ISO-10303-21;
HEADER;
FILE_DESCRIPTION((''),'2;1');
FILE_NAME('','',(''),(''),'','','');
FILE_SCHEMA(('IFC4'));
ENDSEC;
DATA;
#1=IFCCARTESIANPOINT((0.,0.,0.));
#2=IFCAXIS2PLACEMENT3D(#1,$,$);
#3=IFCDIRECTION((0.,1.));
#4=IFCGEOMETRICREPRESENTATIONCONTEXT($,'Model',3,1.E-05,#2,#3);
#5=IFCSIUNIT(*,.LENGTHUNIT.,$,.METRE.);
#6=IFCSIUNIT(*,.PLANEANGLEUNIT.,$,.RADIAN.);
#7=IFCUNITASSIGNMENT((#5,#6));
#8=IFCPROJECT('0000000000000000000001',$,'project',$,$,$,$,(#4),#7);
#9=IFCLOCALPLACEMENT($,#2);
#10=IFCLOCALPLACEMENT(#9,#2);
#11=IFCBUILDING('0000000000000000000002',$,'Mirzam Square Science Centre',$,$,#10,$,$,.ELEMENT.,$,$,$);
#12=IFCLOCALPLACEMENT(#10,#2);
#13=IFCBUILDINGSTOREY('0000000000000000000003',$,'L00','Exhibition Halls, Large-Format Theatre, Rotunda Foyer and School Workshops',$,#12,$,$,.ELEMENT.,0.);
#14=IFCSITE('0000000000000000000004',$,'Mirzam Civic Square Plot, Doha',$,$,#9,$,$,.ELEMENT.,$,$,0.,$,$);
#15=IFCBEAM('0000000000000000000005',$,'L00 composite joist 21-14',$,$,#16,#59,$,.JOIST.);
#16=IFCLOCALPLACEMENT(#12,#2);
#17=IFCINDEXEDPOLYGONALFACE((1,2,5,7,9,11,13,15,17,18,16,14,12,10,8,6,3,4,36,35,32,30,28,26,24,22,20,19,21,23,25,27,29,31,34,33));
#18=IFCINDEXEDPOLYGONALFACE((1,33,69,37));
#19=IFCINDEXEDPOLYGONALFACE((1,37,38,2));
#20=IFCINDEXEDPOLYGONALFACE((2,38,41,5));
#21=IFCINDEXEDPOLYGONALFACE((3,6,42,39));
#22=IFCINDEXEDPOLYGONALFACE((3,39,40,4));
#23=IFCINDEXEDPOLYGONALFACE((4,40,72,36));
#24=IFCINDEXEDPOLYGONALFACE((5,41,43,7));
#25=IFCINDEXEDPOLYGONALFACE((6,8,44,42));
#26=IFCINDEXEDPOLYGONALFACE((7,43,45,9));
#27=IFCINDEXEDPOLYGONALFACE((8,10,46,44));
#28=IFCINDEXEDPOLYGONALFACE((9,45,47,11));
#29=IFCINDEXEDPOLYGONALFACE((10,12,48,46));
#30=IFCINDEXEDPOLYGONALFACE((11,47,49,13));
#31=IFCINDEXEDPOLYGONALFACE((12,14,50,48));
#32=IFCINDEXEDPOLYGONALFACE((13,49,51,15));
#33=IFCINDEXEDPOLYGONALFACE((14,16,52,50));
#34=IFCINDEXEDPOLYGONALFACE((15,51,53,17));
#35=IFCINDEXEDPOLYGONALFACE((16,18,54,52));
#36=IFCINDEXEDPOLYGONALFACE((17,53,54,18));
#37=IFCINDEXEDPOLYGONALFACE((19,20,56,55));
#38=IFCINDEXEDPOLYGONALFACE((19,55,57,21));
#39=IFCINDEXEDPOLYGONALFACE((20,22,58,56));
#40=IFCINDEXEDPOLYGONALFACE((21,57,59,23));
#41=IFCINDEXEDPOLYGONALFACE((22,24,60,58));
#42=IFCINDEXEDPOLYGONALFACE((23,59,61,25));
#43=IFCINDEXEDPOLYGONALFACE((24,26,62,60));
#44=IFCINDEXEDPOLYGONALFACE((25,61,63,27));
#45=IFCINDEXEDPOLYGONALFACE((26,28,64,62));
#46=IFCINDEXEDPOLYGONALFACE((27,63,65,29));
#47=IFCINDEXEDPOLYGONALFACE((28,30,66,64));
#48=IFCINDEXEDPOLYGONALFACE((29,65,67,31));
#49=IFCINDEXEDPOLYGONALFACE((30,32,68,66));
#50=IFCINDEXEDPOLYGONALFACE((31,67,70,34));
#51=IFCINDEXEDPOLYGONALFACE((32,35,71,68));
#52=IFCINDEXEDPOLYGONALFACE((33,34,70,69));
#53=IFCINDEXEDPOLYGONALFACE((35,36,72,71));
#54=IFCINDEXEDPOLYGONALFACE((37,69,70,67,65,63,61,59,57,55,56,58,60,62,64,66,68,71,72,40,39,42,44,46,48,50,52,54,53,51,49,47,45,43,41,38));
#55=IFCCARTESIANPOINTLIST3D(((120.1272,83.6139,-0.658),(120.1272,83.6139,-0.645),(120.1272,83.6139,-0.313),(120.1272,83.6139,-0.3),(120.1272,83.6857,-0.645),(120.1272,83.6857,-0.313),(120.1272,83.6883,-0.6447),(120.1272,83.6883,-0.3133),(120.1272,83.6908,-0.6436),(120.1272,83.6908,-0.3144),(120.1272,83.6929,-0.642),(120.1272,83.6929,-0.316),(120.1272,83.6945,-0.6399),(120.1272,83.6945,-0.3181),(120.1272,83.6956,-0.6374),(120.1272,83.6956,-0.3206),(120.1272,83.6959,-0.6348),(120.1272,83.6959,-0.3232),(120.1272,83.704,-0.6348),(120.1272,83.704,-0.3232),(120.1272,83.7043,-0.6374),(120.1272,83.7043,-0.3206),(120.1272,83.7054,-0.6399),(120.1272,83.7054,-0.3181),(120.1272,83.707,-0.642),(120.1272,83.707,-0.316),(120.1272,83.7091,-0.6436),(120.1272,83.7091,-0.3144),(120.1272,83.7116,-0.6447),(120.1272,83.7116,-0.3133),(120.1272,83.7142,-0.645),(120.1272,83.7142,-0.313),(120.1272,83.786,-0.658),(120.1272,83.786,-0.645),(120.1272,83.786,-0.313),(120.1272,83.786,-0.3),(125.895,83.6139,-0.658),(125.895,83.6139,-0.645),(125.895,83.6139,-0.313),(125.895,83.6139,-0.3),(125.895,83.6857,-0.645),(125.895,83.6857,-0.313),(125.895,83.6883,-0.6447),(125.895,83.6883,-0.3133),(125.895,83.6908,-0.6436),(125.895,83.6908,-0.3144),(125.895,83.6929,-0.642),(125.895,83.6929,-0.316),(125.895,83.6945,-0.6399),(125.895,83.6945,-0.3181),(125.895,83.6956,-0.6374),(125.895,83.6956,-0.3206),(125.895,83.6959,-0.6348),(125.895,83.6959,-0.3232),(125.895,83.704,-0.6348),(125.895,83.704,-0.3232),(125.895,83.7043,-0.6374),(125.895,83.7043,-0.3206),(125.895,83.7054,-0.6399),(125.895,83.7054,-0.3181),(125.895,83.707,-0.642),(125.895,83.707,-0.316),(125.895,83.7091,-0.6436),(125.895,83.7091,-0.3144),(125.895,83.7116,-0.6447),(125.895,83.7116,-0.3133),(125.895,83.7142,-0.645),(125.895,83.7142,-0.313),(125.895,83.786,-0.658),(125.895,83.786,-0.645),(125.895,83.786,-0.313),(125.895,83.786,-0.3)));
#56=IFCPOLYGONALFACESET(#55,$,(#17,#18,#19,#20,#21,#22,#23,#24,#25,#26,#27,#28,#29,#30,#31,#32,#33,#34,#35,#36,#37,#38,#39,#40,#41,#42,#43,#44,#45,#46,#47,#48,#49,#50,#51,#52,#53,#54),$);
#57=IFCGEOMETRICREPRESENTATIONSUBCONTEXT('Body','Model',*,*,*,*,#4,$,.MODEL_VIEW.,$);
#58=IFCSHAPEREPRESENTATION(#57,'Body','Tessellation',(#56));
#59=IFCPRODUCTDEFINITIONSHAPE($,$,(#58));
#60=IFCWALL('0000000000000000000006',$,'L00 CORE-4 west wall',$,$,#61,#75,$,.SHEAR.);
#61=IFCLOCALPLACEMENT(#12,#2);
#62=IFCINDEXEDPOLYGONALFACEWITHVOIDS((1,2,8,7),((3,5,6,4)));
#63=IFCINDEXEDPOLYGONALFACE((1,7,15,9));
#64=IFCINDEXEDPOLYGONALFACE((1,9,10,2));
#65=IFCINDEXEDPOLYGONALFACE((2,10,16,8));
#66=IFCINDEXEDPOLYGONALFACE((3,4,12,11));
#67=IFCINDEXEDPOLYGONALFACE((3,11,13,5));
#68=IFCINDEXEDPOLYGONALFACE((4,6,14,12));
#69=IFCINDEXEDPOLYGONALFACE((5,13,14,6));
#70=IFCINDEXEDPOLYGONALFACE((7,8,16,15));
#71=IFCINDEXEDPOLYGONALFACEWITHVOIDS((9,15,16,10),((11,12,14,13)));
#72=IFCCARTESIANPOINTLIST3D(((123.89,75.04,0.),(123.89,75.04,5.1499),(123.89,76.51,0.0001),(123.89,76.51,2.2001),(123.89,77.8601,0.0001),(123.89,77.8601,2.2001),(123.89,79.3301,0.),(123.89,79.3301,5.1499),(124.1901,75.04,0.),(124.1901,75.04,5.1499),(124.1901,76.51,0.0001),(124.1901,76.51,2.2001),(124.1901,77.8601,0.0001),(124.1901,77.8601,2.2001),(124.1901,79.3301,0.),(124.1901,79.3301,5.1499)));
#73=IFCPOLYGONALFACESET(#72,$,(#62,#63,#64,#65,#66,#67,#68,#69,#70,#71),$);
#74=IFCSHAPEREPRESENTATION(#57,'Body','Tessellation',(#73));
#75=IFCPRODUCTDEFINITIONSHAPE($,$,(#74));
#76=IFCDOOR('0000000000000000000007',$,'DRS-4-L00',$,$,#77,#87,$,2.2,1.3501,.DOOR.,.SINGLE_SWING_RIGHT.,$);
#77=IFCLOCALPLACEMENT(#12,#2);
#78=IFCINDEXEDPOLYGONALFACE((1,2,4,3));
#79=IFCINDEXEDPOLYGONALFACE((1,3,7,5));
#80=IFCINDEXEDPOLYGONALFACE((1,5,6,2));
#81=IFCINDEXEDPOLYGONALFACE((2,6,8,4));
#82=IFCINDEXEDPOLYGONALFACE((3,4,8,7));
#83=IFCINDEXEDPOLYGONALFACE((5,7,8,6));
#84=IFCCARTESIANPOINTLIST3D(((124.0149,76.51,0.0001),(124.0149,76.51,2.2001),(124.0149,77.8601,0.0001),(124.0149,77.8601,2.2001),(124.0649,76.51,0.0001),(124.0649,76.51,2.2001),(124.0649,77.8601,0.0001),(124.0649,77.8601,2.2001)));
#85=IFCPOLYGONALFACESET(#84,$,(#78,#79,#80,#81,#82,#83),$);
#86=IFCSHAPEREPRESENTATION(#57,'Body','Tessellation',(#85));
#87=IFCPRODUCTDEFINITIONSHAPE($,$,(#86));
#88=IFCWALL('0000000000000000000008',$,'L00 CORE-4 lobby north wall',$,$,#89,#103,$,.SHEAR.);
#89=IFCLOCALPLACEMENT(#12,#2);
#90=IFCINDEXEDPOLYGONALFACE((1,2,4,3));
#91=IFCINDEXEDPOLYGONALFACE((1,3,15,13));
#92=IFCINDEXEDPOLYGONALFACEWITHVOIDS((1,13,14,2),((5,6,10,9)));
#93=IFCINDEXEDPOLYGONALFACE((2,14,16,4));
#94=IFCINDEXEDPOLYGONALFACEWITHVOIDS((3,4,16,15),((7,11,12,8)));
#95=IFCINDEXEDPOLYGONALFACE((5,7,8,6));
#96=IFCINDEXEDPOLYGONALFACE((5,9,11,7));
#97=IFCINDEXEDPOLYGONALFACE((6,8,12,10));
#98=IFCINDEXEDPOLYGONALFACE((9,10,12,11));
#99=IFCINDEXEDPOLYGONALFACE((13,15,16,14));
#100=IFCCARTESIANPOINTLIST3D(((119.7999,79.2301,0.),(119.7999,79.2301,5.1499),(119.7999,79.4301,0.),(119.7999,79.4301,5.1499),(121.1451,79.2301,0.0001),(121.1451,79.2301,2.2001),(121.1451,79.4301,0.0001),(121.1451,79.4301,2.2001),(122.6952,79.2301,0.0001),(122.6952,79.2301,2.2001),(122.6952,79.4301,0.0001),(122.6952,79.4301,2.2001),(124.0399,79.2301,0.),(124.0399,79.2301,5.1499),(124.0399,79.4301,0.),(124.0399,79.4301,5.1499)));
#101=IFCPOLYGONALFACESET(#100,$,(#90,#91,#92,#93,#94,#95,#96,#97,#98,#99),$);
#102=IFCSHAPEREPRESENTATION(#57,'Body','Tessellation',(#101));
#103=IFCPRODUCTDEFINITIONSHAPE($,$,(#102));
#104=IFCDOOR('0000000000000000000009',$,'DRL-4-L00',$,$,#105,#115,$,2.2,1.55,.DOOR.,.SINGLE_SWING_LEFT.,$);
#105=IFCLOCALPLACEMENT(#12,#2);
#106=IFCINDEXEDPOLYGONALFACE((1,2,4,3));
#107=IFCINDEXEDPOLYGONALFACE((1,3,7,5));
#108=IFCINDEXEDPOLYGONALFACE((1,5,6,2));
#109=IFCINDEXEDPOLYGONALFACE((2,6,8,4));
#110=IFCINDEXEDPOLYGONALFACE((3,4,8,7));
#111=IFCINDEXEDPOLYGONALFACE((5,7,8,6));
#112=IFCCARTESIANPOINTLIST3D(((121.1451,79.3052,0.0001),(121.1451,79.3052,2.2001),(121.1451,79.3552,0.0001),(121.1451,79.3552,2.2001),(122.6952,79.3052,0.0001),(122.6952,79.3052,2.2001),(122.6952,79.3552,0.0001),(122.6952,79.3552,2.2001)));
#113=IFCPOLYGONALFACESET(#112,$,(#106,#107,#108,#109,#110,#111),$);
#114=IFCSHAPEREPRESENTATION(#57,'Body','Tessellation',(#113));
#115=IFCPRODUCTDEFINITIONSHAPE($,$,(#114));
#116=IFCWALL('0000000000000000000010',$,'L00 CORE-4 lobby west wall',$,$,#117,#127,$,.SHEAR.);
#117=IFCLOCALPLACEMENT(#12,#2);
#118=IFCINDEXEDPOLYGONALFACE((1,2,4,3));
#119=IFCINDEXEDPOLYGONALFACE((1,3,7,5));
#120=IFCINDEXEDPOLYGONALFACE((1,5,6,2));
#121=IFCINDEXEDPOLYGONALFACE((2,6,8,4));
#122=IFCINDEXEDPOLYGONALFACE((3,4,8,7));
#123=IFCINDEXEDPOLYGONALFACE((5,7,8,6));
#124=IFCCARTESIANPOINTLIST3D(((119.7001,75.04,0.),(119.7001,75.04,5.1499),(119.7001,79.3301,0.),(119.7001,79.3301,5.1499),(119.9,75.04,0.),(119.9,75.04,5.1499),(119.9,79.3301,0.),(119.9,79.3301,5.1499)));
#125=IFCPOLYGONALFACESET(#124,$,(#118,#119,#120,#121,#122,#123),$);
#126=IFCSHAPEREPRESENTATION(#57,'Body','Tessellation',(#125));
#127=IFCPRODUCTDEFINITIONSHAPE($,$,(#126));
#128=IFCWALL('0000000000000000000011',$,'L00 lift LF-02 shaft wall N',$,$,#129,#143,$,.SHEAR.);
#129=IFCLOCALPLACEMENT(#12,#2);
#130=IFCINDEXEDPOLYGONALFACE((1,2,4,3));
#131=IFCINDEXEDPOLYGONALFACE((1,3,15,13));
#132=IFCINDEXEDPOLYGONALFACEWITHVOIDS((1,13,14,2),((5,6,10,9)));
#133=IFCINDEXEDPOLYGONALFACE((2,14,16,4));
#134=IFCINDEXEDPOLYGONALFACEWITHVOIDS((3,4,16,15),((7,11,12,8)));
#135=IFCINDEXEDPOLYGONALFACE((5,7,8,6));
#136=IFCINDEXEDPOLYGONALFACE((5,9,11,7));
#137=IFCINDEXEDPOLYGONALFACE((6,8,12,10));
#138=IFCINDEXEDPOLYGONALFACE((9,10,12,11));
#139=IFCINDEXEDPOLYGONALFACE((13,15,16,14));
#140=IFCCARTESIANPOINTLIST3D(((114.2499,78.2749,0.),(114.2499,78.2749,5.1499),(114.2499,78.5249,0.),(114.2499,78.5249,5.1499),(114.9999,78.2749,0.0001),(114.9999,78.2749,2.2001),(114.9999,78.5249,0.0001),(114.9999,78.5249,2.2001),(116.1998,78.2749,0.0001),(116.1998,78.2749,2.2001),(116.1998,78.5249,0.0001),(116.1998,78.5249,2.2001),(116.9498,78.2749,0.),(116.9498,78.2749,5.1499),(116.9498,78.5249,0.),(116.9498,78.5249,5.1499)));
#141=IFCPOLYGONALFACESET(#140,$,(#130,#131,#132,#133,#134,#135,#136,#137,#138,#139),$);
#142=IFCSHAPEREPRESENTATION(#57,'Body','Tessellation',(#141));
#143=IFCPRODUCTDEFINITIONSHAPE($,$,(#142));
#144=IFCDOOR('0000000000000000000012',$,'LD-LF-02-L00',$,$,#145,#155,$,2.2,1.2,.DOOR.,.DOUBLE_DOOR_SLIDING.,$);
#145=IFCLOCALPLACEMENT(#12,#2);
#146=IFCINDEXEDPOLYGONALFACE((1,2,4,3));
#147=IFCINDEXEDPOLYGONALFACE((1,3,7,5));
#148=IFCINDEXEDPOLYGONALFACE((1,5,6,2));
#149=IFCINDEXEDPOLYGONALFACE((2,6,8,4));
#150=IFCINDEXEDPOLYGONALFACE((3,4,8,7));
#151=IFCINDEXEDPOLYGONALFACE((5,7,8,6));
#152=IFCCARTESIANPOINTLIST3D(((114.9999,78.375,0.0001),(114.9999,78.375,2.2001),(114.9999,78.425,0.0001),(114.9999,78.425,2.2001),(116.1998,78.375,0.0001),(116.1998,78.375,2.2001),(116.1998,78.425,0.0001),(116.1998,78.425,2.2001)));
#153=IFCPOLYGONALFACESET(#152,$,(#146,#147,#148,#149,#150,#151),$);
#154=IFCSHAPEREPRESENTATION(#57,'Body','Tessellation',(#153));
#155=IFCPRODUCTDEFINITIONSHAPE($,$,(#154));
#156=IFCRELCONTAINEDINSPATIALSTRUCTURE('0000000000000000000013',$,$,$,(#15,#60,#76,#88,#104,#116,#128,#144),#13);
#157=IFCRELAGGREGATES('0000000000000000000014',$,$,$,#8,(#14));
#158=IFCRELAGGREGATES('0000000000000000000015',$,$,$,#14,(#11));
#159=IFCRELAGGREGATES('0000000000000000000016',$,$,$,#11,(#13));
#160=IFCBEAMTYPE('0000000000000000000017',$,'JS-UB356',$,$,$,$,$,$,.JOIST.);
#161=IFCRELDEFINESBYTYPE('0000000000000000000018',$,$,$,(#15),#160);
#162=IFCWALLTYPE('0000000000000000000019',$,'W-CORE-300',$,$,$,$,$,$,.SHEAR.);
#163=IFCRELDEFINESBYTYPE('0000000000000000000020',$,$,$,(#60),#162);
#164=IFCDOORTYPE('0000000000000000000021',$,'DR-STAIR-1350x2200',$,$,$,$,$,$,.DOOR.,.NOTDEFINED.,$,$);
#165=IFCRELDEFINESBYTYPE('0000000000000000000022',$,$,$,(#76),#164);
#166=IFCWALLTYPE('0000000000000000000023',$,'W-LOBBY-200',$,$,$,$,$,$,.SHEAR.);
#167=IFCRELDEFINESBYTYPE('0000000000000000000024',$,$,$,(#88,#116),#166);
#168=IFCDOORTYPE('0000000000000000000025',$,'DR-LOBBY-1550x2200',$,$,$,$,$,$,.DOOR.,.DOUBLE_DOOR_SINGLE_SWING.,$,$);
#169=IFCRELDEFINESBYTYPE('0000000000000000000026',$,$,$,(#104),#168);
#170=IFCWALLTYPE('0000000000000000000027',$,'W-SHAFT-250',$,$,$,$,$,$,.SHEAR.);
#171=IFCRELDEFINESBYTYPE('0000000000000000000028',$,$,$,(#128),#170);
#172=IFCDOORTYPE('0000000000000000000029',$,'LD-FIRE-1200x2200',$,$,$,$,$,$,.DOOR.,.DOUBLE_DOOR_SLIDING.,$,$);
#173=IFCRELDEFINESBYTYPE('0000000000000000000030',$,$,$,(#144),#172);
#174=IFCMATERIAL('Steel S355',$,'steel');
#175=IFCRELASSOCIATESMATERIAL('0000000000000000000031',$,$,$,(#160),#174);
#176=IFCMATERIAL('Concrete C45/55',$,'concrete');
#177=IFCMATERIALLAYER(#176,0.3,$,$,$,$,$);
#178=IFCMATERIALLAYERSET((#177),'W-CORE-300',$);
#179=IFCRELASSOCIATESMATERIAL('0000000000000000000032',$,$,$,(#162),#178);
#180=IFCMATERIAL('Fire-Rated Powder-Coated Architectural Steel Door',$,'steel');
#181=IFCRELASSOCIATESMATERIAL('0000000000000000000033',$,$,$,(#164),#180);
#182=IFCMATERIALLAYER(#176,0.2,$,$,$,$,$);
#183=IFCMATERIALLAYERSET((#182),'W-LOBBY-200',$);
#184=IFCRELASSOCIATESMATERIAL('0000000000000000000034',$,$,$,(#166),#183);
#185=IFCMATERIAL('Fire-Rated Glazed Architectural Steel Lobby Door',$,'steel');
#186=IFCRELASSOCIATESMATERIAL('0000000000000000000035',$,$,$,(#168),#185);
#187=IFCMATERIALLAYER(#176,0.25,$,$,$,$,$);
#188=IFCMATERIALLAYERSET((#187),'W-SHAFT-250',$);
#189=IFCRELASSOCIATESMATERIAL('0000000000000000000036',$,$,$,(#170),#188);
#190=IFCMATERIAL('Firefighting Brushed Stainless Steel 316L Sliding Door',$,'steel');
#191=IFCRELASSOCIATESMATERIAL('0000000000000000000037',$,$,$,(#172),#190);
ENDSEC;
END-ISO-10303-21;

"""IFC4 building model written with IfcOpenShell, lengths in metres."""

from ifc_helpers import new_model, si_unit, direction, frame, frame_2d, origin, origin_2d, place, context, subcontext, project, spatial, rectangle, i_section, extrude, material, layer, layer_set, material_profile, profile_set, type_object, element, fill, save


model = new_model("IFC4")

# Units and contexts
model_context = context("Model", 3, precision=1e-05, world=origin(), true_north=direction((0.0, 1.0)))
body_context = subcontext(model_context, "Body", "Model", "MODEL_VIEW")
ifc_project = project(units=[si_unit("LENGTHUNIT", "METRE"), si_unit("PLANEANGLEUNIT", "RADIAN")], contexts=[model_context])

# Site, building, storey
site_placement = place(None, origin())
site = spatial("IfcSite", under=ifc_project, at=site_placement, Name="Mirzam Civic Square Plot, Doha", CompositionType="ELEMENT", RefElevation=0.0)
building_placement = place(site_placement, origin())
building = spatial("IfcBuilding", under=site, at=building_placement, Name="Mirzam Square Science Centre", CompositionType="ELEMENT")
storey_placement = place(building_placement, origin())
storey = spatial("IfcBuildingStorey", under=building, at=storey_placement, Name="L00", Description="Exhibition Halls, Large-Format Theatre, Rotunda Foyer and School Workshops", CompositionType="ELEMENT", Elevation=0.0)

# Shared definitions
ifc_material_1 = material(Name="Steel S355", Category="steel")

# Beam
ifc_material_profile_1 = material_profile(ifc_material_1, i_section(OverallWidth=0.1721, OverallDepth=0.3579, WebThickness=0.0081, FlangeThickness=0.0129, FilletRadius=0.0103, at=origin_2d()), Name="356x171x57UB")
ifc_profile_set_1 = profile_set([ifc_material_profile_1], Name="Steel S355")
beam_type_1 = type_object("IfcBeamType", Name="JS-UB356", PredefinedType="JOIST", material=ifc_profile_set_1)
beam_1_placement = place(storey_placement, frame((120.1272, 83.7, -0.479), z_axis=(1.0, 0.0, 0.0), x_axis=(0.0, 1.0, 0.0)))
element("IfcBeam", 1, at=beam_1_placement, inside=storey, type_object=beam_type_1, Name="L00 composite joist 21-14", PredefinedType="JOIST", context=body_context, shape_type="SweptSolid", body=[
    extrude(i_section(OverallWidth=0.1721, OverallDepth=0.3579, WebThickness=0.0081, FlangeThickness=0.0129, FilletRadius=0.0103, at=origin_2d()), origin(), (0.0, 0.0, 1.0), 5.7678),
])

# Walls, openings, doors
ifc_material_2 = material(Name="Concrete C45/55", Category="concrete")
ifc_layer_1 = layer(ifc_material_2, 0.3)
ifc_layer_set_1 = layer_set([ifc_layer_1], Name="W-CORE-300")
wall_type_1 = type_object("IfcWallType", Name="W-CORE-300", PredefinedType="SHEAR", material=ifc_layer_set_1)
wall_1_placement = place(storey_placement, frame((124.04, 79.3301, 0.0), z_axis=(0.0, 0.0, 1.0), x_axis=(0.0, -1.0, 0.0)))
wall_1 = element("IfcWall", 2, at=wall_1_placement, inside=storey, type_object=wall_type_1, Name="L00 CORE-4 west wall", PredefinedType="SHEAR", context=body_context, shape_type="SweptSolid", body=[
    extrude(rectangle(XDim=4.29, YDim=0.3, at=frame_2d((2.145, 0.0))), origin(), (0.0, 0.0, 1.0), 5.1499),
])
opening_1_placement = place(wall_1_placement, frame((1.47, 0.0, 0.0)))
opening_1 = element("IfcOpeningElement", 3, at=opening_1_placement, cuts=wall_1, PredefinedType="OPENING", context=body_context, shape_type="SweptSolid", body=[
    extrude(rectangle(XDim=1.3501, YDim=2.2, at=frame_2d((0.675, 1.1001))), frame((0.0, 0.1599, 0.0), z_axis=(0.0, -1.0, 0.0), x_axis=(1.0, 0.0, 0.0)), (0.0, 0.0, 1.0), 0.3201),
])
ifc_material_3 = material(Name="Fire-Rated Powder-Coated Architectural Steel Door", Category="steel")
door_type_1 = type_object("IfcDoorType", Name="DR-STAIR-1350x2200", OperationType="NOTDEFINED", PredefinedType="DOOR", material=ifc_material_3)
door_1_placement = place(opening_1_placement, origin())
door_1 = element("IfcDoor", 4, at=door_1_placement, inside=storey, type_object=door_type_1, Name="DRS-4-L00", OperationType="SINGLE_SWING_RIGHT", OverallHeight=2.2, OverallWidth=1.3501, PredefinedType="DOOR", context=body_context, shape_type="SweptSolid", body=[
    extrude(rectangle(XDim=1.3501, YDim=2.2, at=frame_2d((0.675, 1.1001))), frame((0.0, 0.0249, 0.0), z_axis=(0.0, -1.0, 0.0), x_axis=(1.0, 0.0, 0.0)), (0.0, 0.0, 1.0), 0.05),
])
fill(opening_1, door_1)
ifc_layer_2 = layer(ifc_material_2, 0.2)
ifc_layer_set_2 = layer_set([ifc_layer_2], Name="W-LOBBY-200")
wall_type_2 = type_object("IfcWallType", Name="W-LOBBY-200", PredefinedType="SHEAR", material=ifc_layer_set_2)
wall_2_placement = place(storey_placement, frame((124.04, 79.3301, 0.0), z_axis=(0.0, 0.0, 1.0), x_axis=(-1.0, 0.0, 0.0)))
wall_2 = element("IfcWall", 5, at=wall_2_placement, inside=storey, type_object=wall_type_2, Name="L00 CORE-4 lobby north wall", PredefinedType="SHEAR", context=body_context, shape_type="SweptSolid", body=[
    extrude(rectangle(XDim=4.24, YDim=0.2, at=frame_2d((2.1201, 0.0))), origin(), (0.0, 0.0, 1.0), 5.1499),
])
opening_2_placement = place(wall_2_placement, frame((1.345, 0.0, 0.0)))
opening_2 = element("IfcOpeningElement", 6, at=opening_2_placement, cuts=wall_2, PredefinedType="OPENING", context=body_context, shape_type="SweptSolid", body=[
    extrude(rectangle(XDim=1.55, YDim=2.2, at=frame_2d((0.7749, 1.1001))), frame((0.0, 0.1099, 0.0), z_axis=(0.0, -1.0, 0.0), x_axis=(1.0, 0.0, 0.0)), (0.0, 0.0, 1.0), 0.22),
])
ifc_material_4 = material(Name="Fire-Rated Glazed Architectural Steel Lobby Door", Category="steel")
door_type_2 = type_object("IfcDoorType", Name="DR-LOBBY-1550x2200", OperationType="DOUBLE_DOOR_SINGLE_SWING", PredefinedType="DOOR", material=ifc_material_4)
door_2_placement = place(opening_2_placement, origin())
door_2 = element("IfcDoor", 7, at=door_2_placement, inside=storey, type_object=door_type_2, Name="DRL-4-L00", OperationType="SINGLE_SWING_LEFT", OverallHeight=2.2, OverallWidth=1.55, PredefinedType="DOOR", context=body_context, shape_type="SweptSolid", body=[
    extrude(rectangle(XDim=1.55, YDim=2.2, at=frame_2d((0.7749, 1.1001))), frame((0.0, 0.0249, 0.0), z_axis=(0.0, -1.0, 0.0), x_axis=(1.0, 0.0, 0.0)), (0.0, 0.0, 1.0), 0.05),
])
fill(opening_2, door_2)

# Wall
wall_3_placement = place(storey_placement, frame((119.8, 79.3301, 0.0), z_axis=(0.0, 0.0, 1.0), x_axis=(0.0, -1.0, 0.0)))
element("IfcWall", 8, at=wall_3_placement, inside=storey, type_object=wall_type_2, Name="L00 CORE-4 lobby west wall", PredefinedType="SHEAR", context=body_context, shape_type="SweptSolid", body=[
    extrude(rectangle(XDim=4.29, YDim=0.2, at=frame_2d((2.145, 0.0))), origin(), (0.0, 0.0, 1.0), 5.1499),
])

# Wall, opening, door
ifc_layer_3 = layer(ifc_material_2, 0.25)
ifc_layer_set_3 = layer_set([ifc_layer_3], Name="W-SHAFT-250")
wall_type_3 = type_object("IfcWallType", Name="W-SHAFT-250", PredefinedType="SHEAR", material=ifc_layer_set_3)
wall_4_placement = place(storey_placement, frame((116.95, 78.3999, 0.0), z_axis=(0.0, 0.0, 1.0), x_axis=(-1.0, 0.0, 0.0)))
wall_4 = element("IfcWall", 9, at=wall_4_placement, inside=storey, type_object=wall_type_3, Name="L00 lift LF-02 shaft wall N", PredefinedType="SHEAR", context=body_context, shape_type="SweptSolid", body=[
    extrude(rectangle(XDim=2.7, YDim=0.25, at=frame_2d((1.3501, 0.0))), origin(), (0.0, 0.0, 1.0), 5.1499),
])
opening_3_placement = place(wall_4_placement, frame((0.75, 0.0, 0.0)))
opening_3 = element("IfcOpeningElement", 10, at=opening_3_placement, cuts=wall_4, PredefinedType="OPENING", context=body_context, shape_type="SweptSolid", body=[
    extrude(rectangle(XDim=1.2, YDim=2.2, at=frame_2d((0.6001, 1.1001))), frame((0.0, 0.135, 0.0), z_axis=(0.0, -1.0, 0.0), x_axis=(1.0, 0.0, 0.0)), (0.0, 0.0, 1.0), 0.27),
])
ifc_material_5 = material(Name="Firefighting Brushed Stainless Steel 316L Sliding Door", Category="steel")
door_type_3 = type_object("IfcDoorType", Name="LD-FIRE-1200x2200", OperationType="DOUBLE_DOOR_SLIDING", PredefinedType="DOOR", material=ifc_material_5)
door_3_placement = place(opening_3_placement, origin())
door_3 = element("IfcDoor", 11, at=door_3_placement, inside=storey, type_object=door_type_3, Name="LD-LF-02-L00", OperationType="DOUBLE_DOOR_SLIDING", OverallHeight=2.2, OverallWidth=1.2, PredefinedType="DOOR", context=body_context, shape_type="SweptSolid", body=[
    extrude(rectangle(XDim=1.2, YDim=2.2, at=frame_2d((0.6001, 1.1001))), frame((0.0, 0.0249, 0.0), z_axis=(0.0, -1.0, 0.0), x_axis=(1.0, 0.0, 0.0)), (0.0, 0.0, 1.0), 0.05),
])
fill(opening_3, door_3)

save(model, "model.ifc")
